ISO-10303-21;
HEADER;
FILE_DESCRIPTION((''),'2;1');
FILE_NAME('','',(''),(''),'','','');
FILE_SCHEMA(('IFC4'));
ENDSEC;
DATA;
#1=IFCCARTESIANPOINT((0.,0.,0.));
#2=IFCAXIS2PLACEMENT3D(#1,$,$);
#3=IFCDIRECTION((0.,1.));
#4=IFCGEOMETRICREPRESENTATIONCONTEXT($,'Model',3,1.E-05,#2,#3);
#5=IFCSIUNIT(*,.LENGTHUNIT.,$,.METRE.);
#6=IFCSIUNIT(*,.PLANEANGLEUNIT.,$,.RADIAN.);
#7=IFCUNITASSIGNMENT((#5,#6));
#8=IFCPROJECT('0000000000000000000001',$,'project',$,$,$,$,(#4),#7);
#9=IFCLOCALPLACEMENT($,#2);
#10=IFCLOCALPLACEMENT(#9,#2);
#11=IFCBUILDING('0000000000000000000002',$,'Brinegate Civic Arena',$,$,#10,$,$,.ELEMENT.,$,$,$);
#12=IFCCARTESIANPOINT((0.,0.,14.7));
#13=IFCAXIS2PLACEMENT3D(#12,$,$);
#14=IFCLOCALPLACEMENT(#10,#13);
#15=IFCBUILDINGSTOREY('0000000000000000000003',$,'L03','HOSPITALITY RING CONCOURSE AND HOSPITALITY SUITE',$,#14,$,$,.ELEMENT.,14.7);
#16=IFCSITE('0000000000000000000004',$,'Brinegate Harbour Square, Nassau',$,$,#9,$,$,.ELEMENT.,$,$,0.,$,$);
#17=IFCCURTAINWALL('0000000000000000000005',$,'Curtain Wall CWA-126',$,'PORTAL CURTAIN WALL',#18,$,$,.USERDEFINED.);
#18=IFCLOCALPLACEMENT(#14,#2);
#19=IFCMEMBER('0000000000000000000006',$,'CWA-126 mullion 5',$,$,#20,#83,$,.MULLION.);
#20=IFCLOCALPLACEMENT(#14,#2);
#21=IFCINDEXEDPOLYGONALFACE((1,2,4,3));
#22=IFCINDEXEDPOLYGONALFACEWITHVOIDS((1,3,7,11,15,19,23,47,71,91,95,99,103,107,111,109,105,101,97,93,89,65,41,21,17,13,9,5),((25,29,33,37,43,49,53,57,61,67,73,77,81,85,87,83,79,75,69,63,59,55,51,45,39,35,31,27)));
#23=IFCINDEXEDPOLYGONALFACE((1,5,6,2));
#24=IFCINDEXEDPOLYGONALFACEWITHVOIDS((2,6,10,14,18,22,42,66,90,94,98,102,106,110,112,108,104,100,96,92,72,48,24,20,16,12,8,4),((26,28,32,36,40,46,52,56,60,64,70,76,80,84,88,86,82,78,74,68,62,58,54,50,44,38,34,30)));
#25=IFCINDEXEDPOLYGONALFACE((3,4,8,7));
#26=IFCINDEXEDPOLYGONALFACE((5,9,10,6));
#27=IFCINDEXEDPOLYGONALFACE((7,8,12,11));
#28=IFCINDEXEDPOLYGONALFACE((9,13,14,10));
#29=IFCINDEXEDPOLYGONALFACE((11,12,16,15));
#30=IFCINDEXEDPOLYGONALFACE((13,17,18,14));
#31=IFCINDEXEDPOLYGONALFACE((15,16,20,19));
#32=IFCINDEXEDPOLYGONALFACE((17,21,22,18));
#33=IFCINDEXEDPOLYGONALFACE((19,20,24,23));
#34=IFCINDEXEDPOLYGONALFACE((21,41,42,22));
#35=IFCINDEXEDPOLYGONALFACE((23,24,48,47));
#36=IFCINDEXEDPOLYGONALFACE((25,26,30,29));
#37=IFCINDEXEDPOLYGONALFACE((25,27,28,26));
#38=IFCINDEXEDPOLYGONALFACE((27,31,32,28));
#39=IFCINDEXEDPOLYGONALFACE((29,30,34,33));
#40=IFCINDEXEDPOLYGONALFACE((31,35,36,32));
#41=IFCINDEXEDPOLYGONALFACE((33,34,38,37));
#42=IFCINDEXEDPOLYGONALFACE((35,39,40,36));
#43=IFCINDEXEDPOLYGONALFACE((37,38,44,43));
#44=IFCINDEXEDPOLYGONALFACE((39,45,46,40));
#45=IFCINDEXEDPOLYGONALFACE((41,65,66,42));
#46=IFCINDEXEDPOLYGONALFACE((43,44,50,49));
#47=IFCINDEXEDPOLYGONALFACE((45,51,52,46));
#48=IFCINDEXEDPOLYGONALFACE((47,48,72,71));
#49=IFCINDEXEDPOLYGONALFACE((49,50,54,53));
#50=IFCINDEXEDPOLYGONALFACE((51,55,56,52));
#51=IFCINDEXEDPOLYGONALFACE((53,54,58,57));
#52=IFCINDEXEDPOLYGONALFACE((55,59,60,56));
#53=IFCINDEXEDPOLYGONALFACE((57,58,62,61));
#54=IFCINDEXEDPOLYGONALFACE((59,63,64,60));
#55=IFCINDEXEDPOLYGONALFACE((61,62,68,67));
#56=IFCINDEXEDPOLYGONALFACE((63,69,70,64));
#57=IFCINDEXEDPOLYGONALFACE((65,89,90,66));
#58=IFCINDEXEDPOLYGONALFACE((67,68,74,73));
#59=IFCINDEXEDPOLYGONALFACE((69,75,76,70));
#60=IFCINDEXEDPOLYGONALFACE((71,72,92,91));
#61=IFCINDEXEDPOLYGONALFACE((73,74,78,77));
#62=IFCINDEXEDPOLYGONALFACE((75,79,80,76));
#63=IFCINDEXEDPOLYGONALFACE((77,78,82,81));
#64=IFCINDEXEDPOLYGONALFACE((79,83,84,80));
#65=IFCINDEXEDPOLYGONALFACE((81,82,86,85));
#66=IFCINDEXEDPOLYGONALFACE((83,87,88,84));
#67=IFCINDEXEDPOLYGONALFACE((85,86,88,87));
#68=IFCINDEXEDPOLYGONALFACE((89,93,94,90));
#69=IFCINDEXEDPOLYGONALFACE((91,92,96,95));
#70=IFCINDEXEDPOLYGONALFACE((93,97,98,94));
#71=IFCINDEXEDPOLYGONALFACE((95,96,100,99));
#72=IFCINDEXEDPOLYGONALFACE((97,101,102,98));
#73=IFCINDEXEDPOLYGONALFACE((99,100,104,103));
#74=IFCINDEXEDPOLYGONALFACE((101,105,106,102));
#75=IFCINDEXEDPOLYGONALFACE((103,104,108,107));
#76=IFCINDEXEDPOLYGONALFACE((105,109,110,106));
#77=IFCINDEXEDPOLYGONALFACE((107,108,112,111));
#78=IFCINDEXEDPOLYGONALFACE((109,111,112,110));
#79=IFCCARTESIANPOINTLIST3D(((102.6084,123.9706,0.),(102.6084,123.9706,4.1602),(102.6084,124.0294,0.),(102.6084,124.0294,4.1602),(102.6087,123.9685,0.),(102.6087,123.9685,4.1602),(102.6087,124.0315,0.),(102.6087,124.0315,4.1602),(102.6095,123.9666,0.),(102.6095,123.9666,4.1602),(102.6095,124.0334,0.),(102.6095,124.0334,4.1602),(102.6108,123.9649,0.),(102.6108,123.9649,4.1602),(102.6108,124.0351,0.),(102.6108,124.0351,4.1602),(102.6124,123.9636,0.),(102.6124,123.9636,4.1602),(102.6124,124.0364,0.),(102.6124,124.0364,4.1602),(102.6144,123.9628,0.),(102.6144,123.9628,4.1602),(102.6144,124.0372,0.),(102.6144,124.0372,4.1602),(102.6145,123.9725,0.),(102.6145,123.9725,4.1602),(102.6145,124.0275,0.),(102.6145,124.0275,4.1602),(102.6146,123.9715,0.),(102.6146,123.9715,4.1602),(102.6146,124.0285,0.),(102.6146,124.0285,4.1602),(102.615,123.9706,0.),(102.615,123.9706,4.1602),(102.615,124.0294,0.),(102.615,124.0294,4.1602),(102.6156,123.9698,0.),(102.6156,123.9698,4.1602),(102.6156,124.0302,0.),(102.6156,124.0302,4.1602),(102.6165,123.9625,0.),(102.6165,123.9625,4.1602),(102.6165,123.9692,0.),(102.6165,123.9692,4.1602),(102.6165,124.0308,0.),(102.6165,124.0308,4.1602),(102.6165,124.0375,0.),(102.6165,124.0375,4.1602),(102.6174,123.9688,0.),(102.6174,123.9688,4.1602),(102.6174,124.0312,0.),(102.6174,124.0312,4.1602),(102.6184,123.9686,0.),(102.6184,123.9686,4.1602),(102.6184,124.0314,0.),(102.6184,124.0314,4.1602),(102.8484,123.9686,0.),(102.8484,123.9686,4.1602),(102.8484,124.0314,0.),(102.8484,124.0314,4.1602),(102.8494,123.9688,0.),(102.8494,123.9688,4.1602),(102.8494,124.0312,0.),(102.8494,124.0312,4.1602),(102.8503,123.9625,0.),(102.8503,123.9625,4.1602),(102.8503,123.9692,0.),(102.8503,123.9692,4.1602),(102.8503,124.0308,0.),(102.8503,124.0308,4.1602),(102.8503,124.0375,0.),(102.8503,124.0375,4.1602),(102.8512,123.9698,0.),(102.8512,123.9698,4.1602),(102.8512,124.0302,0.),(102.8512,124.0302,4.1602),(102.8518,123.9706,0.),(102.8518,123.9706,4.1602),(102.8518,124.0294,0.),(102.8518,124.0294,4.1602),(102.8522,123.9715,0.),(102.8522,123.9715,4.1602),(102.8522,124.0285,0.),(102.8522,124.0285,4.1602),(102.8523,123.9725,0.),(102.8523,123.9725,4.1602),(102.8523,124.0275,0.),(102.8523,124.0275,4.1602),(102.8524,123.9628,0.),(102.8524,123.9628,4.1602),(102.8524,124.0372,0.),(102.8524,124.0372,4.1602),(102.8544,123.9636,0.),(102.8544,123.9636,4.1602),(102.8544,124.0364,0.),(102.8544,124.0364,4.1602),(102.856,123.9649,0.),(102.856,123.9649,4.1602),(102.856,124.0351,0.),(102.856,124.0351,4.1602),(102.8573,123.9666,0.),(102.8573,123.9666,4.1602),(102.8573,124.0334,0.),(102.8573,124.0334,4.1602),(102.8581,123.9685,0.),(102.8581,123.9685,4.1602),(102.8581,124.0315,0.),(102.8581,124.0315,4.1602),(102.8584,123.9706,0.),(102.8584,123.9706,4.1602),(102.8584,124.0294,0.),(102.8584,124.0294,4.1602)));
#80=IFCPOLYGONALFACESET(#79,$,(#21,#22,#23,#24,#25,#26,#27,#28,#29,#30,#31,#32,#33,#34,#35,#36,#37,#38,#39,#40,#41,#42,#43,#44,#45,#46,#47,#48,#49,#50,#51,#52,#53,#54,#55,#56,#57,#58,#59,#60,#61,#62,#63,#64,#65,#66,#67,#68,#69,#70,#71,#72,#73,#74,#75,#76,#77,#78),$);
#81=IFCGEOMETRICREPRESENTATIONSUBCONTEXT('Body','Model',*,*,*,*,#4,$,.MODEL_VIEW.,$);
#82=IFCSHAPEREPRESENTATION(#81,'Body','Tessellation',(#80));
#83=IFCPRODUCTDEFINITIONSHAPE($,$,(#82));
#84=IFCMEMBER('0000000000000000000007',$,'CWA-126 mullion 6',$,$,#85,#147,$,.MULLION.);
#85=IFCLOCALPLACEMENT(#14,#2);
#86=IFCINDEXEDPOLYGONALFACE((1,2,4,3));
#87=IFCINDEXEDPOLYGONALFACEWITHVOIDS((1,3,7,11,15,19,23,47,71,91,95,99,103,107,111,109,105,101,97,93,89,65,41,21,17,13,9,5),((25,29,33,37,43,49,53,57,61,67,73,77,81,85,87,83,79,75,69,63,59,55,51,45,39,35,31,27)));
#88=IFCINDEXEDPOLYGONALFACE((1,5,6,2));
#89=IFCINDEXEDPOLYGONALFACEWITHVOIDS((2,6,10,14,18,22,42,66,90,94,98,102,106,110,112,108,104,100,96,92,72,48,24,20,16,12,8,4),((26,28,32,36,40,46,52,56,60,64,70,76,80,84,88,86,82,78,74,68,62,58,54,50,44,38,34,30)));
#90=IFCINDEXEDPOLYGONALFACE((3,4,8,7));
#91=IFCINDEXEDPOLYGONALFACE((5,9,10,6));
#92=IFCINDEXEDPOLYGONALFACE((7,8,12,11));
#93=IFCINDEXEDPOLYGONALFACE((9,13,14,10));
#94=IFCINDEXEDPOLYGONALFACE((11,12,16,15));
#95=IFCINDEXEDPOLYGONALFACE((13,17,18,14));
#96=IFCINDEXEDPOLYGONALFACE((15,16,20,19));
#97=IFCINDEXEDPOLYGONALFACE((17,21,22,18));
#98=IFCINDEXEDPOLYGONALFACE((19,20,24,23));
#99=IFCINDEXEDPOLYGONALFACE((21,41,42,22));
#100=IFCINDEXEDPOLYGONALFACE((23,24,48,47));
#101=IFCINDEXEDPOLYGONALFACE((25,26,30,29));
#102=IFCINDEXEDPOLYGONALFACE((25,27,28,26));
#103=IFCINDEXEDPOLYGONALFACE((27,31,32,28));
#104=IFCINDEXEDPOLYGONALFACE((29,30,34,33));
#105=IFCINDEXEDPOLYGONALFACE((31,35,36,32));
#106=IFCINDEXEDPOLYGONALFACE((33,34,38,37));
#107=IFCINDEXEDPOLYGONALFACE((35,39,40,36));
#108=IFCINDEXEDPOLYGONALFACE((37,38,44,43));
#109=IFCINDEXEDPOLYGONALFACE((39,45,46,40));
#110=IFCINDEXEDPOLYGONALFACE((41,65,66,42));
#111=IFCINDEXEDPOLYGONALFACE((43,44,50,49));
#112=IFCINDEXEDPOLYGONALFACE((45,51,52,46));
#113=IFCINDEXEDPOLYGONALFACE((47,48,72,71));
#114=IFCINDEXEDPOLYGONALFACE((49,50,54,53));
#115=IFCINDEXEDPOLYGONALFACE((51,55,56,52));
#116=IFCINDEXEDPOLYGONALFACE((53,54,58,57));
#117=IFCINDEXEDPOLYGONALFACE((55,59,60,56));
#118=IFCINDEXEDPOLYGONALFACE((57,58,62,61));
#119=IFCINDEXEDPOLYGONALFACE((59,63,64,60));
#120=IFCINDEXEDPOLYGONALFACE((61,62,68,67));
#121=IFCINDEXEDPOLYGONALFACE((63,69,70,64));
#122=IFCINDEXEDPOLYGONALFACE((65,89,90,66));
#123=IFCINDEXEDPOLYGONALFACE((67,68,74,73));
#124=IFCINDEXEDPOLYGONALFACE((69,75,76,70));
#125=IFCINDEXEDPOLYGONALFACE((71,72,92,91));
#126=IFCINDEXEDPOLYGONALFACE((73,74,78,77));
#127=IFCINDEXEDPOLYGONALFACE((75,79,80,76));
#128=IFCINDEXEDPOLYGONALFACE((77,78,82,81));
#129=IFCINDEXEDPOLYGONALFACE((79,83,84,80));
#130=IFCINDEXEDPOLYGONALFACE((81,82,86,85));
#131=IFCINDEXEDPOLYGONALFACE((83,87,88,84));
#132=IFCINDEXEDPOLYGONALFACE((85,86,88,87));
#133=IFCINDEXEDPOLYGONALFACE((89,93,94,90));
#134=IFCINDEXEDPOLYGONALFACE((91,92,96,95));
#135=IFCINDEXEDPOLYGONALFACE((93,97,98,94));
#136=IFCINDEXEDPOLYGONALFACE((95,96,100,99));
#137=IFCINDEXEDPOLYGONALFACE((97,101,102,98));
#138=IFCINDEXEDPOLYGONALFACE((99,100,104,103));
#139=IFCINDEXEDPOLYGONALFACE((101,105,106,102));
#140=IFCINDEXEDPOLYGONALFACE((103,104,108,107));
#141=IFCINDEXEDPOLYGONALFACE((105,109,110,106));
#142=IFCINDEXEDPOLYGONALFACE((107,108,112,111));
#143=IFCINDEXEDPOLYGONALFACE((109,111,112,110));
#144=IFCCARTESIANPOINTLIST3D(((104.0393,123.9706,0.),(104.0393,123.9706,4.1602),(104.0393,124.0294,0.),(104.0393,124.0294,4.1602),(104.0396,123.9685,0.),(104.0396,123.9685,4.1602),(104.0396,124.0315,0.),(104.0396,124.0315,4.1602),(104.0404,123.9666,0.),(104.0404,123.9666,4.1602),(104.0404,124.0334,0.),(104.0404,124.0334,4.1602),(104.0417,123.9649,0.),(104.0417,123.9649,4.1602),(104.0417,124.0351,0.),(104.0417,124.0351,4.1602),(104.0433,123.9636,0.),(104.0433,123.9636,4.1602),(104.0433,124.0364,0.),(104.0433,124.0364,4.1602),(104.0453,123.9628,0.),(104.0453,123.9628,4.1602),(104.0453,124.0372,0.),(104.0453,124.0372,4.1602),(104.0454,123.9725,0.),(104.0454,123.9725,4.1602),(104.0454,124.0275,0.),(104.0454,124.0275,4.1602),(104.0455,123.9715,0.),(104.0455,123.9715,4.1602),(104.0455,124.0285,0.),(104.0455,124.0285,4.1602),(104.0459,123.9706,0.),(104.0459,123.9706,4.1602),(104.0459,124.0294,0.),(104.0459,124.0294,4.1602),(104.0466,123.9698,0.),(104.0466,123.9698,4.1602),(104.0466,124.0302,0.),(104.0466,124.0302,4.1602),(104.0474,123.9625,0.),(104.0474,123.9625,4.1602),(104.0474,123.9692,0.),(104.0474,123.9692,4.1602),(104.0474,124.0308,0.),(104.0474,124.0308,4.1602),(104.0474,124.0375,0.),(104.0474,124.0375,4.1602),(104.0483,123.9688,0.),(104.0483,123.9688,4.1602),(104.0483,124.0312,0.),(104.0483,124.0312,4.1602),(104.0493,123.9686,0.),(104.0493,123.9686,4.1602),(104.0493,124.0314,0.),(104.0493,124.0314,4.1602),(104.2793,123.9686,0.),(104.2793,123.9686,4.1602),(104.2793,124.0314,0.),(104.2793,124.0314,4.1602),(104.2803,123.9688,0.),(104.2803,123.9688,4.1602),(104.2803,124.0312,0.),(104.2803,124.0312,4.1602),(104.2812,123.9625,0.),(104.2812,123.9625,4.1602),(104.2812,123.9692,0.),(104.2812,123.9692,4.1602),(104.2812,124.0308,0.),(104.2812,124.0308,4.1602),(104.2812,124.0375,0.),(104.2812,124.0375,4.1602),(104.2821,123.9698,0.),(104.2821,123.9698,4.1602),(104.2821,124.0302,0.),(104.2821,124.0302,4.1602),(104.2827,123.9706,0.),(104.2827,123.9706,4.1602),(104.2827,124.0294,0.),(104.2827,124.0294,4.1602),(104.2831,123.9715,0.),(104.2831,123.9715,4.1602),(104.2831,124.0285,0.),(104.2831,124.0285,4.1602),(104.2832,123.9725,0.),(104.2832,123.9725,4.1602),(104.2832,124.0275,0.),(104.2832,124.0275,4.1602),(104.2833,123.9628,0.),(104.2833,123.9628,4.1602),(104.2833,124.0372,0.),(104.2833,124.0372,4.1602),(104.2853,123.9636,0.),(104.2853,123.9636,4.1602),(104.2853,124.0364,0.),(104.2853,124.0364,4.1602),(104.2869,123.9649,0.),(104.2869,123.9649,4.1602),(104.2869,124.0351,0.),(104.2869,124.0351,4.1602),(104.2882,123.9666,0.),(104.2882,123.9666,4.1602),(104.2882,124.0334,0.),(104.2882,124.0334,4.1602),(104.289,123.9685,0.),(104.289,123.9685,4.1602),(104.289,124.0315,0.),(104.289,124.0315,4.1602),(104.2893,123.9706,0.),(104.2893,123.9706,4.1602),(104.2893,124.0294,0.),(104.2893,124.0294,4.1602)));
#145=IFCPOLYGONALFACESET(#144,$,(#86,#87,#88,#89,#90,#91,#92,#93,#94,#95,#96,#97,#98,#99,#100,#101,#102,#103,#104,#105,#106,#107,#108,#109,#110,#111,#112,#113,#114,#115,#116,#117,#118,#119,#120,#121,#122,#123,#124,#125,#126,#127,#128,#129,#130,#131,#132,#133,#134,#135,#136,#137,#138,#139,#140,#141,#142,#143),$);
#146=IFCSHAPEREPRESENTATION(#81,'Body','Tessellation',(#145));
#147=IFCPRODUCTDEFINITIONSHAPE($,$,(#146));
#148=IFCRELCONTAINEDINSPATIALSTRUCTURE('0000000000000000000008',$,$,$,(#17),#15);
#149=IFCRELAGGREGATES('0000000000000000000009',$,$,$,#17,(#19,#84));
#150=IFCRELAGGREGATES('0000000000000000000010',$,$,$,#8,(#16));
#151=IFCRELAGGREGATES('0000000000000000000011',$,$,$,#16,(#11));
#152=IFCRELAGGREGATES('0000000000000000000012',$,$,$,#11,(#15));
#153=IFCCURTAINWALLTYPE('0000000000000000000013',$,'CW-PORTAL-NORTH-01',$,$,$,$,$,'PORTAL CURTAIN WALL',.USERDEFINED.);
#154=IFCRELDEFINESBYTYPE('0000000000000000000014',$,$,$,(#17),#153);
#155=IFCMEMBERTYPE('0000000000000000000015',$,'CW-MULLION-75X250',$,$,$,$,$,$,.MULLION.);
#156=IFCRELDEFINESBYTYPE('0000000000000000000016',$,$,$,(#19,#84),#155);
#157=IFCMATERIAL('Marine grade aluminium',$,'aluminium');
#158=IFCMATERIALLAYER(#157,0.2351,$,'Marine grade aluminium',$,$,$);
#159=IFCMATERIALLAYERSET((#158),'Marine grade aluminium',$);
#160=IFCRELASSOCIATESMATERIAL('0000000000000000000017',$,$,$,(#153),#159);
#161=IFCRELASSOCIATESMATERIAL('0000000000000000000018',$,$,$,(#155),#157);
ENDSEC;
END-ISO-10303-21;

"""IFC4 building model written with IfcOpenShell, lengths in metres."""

from ifc_helpers import new_model, si_unit, direction, frame, origin, origin_2d, place, context, subcontext, project, spatial, hollow_rectangle, extrude, material, layer, layer_set, material_profile, profile_set, type_object, element, aggregate, save


model = new_model("IFC4")

# Units and contexts
model_context = context("Model", 3, precision=1e-05, world=origin(), true_north=direction((0.0, 1.0)))
body_context = subcontext(model_context, "Body", "Model", "MODEL_VIEW")
ifc_project = project(units=[si_unit("LENGTHUNIT", "METRE"), si_unit("PLANEANGLEUNIT", "RADIAN")], contexts=[model_context])

# Site, building, storey
site_placement = place(None, origin())
site = spatial("IfcSite", under=ifc_project, at=site_placement, Name="Brinegate Harbour Square, Nassau", CompositionType="ELEMENT", RefElevation=0.0)
building_placement = place(site_placement, origin())
building = spatial("IfcBuilding", under=site, at=building_placement, Name="Brinegate Civic Arena", CompositionType="ELEMENT")
storey_placement = place(building_placement, frame((0.0, 0.0, 14.7)))
storey = spatial("IfcBuildingStorey", under=building, at=storey_placement, Name="L03", Description="HOSPITALITY RING CONCOURSE AND HOSPITALITY SUITE", CompositionType="ELEMENT", Elevation=14.7)

# Curtain wall, members
ifc_material_1 = material(Name="Marine grade aluminium", Category="aluminium")
ifc_layer_1 = layer(ifc_material_1, 0.2351, Name="Marine grade aluminium")
ifc_layer_set_1 = layer_set([ifc_layer_1], Name="Marine grade aluminium")
curtain_wall_type = type_object("IfcCurtainWallType", Name="CW-PORTAL-NORTH-01", ElementType="PORTAL CURTAIN WALL", PredefinedType="USERDEFINED", material=ifc_layer_set_1)
curtain_wall_placement = place(storey_placement, origin())
curtain_wall = element("IfcCurtainWall", 1, at=curtain_wall_placement, inside=storey, type_object=curtain_wall_type, Name="Curtain Wall CWA-126", ObjectType="PORTAL CURTAIN WALL", PredefinedType="USERDEFINED")
ifc_material_profile_1 = material_profile(ifc_material_1, hollow_rectangle(XDim=0.075, YDim=0.25, WallThickness=0.0061, InnerFilletRadius=0.0039, OuterFilletRadius=0.0081, at=origin_2d()), Name="MUL75X250")
ifc_profile_set_1 = profile_set([ifc_material_profile_1], Name="Marine grade aluminium")
member_type_1 = type_object("IfcMemberType", Name="CW-MULLION-75X250", PredefinedType="MULLION", material=ifc_profile_set_1)
member_1_placement = place(storey_placement, frame((102.7334, 124.0, 0.0), z_axis=(0.0, 0.0, 1.0), x_axis=(0.0, 1.0, 0.0)))
member_1 = element("IfcMember", 2, at=member_1_placement, type_object=member_type_1, Name="CWA-126 mullion 5", PredefinedType="MULLION", context=body_context, shape_type="SweptSolid", body=[
    extrude(hollow_rectangle(XDim=0.075, YDim=0.25, WallThickness=0.0061, InnerFilletRadius=0.0039, OuterFilletRadius=0.0081, at=origin_2d()), origin(), (0.0, 0.0, 1.0), 4.1602),
])
member_2_placement = place(storey_placement, frame((104.1643, 124.0, 0.0), z_axis=(0.0, 0.0, 1.0), x_axis=(0.0, 1.0, 0.0)))
member_2 = element("IfcMember", 3, at=member_2_placement, type_object=member_type_1, Name="CWA-126 mullion 6", PredefinedType="MULLION", context=body_context, shape_type="SweptSolid", body=[
    extrude(hollow_rectangle(XDim=0.075, YDim=0.25, WallThickness=0.0061, InnerFilletRadius=0.0039, OuterFilletRadius=0.0081, at=origin_2d()), origin(), (0.0, 0.0, 1.0), 4.1602),
])
aggregate(curtain_wall, [member_1, member_2])

save(model, "model.ifc")
